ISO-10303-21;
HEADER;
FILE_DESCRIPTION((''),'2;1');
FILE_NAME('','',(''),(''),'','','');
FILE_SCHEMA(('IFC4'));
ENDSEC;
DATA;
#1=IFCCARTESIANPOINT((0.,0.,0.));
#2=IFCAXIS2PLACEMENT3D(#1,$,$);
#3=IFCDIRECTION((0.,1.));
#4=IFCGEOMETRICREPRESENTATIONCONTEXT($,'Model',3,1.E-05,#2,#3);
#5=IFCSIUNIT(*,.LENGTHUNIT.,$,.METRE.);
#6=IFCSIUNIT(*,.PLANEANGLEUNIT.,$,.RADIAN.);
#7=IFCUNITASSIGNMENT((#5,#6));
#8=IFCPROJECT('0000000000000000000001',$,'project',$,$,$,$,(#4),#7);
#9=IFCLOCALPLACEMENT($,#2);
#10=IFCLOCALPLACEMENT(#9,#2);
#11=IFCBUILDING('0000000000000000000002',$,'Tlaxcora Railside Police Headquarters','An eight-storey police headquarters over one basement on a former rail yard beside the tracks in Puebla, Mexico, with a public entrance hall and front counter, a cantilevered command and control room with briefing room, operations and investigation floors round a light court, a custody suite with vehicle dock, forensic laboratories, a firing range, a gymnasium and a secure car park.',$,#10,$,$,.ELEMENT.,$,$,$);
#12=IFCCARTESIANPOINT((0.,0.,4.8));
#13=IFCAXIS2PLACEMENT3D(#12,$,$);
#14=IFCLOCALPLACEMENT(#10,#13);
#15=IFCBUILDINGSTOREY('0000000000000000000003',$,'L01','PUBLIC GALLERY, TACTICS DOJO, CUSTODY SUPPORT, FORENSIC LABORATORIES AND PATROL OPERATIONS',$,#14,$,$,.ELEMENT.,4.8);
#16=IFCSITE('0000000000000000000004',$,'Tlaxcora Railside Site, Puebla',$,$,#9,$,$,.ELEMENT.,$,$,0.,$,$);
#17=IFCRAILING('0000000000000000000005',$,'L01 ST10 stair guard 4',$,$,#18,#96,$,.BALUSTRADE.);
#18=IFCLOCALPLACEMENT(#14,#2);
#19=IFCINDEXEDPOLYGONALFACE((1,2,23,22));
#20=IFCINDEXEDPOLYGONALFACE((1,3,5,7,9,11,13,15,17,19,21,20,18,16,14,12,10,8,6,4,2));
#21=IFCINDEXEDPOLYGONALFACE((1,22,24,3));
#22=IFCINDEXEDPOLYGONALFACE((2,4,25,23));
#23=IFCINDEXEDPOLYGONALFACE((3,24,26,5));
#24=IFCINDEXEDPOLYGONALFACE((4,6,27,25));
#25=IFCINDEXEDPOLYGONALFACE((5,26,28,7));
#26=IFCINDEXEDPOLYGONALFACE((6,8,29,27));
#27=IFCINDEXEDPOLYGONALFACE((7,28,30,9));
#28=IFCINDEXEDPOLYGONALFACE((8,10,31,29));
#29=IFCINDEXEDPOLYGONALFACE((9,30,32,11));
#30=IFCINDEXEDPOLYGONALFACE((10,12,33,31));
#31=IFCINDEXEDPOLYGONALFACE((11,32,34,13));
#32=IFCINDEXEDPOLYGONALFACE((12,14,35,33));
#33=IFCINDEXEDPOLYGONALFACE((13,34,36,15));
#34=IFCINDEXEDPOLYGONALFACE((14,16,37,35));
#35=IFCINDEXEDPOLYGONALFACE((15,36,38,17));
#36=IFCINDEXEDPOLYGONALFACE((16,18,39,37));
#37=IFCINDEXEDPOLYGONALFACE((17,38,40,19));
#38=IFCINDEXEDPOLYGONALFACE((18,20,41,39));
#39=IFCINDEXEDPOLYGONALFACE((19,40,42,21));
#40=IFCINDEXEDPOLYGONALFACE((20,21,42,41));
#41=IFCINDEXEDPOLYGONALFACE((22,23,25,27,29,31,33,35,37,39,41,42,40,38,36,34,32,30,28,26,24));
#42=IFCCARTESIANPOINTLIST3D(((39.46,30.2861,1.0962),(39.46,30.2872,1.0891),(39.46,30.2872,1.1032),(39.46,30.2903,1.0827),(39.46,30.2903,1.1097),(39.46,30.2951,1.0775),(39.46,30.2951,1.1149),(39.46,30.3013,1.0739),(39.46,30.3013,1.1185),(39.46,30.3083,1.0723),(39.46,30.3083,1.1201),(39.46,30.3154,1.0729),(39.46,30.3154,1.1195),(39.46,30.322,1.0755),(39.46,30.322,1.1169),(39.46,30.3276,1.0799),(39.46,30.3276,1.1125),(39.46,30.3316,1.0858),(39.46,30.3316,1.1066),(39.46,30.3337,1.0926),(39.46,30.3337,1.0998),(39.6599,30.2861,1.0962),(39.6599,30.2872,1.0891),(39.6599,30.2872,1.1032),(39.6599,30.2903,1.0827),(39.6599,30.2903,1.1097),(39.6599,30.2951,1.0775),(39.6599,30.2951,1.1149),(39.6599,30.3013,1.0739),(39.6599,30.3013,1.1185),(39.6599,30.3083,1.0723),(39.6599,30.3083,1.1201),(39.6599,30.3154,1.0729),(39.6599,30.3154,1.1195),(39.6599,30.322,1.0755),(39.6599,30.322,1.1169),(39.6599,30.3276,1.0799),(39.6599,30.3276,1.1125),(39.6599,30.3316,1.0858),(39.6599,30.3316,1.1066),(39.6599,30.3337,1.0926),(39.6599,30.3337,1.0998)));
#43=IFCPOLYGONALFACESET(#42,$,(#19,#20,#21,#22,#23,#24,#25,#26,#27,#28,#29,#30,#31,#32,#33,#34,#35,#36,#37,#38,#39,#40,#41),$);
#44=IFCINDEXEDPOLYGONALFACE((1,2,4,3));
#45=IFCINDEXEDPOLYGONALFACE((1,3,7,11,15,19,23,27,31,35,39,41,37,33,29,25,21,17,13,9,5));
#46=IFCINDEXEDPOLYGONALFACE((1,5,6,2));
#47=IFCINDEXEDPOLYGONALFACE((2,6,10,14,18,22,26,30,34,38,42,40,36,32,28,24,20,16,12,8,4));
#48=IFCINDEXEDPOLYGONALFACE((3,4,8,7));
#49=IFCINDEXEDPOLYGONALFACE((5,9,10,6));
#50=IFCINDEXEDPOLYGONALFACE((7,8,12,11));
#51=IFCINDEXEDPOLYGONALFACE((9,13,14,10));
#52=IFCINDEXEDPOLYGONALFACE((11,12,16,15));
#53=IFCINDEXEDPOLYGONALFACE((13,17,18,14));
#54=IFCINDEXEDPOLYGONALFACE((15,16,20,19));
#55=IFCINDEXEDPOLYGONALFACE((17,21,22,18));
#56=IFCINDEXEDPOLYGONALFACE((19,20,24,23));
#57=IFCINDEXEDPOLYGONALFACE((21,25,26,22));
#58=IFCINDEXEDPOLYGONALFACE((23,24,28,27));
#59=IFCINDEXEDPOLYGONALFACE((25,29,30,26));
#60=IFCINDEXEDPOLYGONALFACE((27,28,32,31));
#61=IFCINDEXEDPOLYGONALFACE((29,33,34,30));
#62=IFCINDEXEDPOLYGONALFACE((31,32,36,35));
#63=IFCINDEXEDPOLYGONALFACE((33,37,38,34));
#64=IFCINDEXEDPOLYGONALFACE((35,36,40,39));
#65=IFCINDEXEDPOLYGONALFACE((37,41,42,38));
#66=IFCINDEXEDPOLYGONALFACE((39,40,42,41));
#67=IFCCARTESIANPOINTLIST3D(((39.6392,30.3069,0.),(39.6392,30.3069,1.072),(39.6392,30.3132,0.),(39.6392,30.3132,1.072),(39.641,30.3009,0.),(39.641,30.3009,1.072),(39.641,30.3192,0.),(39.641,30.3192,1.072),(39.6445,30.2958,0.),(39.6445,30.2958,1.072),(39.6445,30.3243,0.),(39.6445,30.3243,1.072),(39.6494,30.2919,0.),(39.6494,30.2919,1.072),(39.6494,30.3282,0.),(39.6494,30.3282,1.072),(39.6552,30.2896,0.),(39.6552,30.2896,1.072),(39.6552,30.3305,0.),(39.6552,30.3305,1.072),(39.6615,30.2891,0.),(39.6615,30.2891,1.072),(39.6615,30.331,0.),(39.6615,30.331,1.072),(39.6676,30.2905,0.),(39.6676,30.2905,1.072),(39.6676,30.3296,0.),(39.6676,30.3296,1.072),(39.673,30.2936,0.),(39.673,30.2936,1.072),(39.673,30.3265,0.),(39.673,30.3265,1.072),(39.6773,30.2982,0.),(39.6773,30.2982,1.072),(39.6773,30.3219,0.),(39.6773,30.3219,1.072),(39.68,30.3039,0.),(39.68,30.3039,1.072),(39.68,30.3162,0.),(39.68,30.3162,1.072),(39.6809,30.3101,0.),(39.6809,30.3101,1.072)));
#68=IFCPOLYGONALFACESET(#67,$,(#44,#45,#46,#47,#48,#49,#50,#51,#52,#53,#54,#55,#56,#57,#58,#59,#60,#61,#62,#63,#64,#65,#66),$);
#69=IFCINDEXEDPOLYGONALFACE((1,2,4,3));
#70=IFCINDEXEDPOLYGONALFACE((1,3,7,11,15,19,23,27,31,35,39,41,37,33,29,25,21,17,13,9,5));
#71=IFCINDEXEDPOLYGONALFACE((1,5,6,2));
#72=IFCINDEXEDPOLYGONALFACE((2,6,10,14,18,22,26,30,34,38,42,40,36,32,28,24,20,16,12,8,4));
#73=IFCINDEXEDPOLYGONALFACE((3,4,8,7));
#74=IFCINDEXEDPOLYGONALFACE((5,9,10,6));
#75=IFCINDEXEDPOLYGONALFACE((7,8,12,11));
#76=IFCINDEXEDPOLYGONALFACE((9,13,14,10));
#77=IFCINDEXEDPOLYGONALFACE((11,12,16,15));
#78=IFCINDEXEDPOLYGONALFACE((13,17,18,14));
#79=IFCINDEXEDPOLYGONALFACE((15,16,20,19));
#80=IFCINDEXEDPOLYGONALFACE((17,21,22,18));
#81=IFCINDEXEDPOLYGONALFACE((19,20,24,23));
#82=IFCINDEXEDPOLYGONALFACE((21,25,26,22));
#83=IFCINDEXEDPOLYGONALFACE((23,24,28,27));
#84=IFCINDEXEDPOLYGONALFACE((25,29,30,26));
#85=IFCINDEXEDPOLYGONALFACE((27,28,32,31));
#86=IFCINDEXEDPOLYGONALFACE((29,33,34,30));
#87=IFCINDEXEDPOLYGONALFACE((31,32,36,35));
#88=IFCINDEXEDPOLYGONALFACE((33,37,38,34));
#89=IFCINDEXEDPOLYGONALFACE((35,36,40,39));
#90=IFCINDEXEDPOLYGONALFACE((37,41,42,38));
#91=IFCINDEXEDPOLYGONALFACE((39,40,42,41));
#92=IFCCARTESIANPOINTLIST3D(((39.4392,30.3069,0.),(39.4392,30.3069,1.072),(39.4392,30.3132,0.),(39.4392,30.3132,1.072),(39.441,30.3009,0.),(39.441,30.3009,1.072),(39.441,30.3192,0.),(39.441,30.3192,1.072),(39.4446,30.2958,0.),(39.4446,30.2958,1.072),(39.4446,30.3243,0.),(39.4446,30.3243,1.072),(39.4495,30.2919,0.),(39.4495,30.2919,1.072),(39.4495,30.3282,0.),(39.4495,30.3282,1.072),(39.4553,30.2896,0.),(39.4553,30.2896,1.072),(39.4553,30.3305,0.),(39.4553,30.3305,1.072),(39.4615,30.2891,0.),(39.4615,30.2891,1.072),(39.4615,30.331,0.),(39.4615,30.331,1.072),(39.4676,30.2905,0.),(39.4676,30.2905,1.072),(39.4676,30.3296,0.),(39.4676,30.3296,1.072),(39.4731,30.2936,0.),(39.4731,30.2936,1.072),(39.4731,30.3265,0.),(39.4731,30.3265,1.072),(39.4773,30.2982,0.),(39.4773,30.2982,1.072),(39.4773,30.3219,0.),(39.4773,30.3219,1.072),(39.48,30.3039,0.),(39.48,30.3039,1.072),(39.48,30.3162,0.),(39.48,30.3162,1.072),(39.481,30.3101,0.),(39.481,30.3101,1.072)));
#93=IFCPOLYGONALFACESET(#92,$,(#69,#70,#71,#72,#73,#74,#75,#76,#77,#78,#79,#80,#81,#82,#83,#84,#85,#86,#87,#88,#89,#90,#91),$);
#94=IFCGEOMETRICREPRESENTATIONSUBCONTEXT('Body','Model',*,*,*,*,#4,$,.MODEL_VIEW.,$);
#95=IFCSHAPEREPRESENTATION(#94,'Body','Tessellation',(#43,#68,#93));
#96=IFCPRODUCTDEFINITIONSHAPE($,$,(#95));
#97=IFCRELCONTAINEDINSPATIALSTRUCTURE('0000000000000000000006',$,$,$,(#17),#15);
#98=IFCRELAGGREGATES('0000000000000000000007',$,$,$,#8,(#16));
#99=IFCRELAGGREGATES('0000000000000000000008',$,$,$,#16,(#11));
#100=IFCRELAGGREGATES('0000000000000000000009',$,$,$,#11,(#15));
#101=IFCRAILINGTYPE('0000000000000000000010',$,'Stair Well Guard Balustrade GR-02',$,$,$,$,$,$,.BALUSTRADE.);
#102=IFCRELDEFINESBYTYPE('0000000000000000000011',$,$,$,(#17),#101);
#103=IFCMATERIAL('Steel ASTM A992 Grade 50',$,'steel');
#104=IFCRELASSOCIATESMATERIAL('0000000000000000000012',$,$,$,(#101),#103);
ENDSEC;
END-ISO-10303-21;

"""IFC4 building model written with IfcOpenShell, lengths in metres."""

from ifc_helpers import new_model, si_unit, direction, frame, origin, origin_2d, place, context, subcontext, project, spatial, circle, extrude, material, type_object, element, save


model = new_model("IFC4")

# Units and contexts
model_context = context("Model", 3, precision=1e-05, world=origin(), true_north=direction((0.0, 1.0)))
body_context = subcontext(model_context, "Body", "Model", "MODEL_VIEW")
ifc_project = project(units=[si_unit("LENGTHUNIT", "METRE"), si_unit("PLANEANGLEUNIT", "RADIAN")], contexts=[model_context])

# Site, building, storey
site_placement = place(None, origin())
site = spatial("IfcSite", under=ifc_project, at=site_placement, Name="Tlaxcora Railside Site, Puebla", CompositionType="ELEMENT", RefElevation=0.0)
building_placement = place(site_placement, origin())
building = spatial("IfcBuilding", under=site, at=building_placement, Name="Tlaxcora Railside Police Headquarters", Description="An eight-storey police headquarters over one basement on a former rail yard beside the tracks in Puebla, Mexico, with a public entrance hall and front counter, a cantilevered command and control room with briefing room, operations and investigation floors round a light court, a custody suite with vehicle dock, forensic laboratories, a firing range, a gymnasium and a secure car park.", CompositionType="ELEMENT")
storey_placement = place(building_placement, frame((0.0, 0.0, 4.8)))
storey = spatial("IfcBuildingStorey", under=building, at=storey_placement, Name="L01", Description="PUBLIC GALLERY, TACTICS DOJO, CUSTODY SUPPORT, FORENSIC LABORATORIES AND PATROL OPERATIONS", CompositionType="ELEMENT", Elevation=4.8)

# Shared definitions
ifc_material_1 = material(Name="Steel ASTM A992 Grade 50", Category="steel")

# Railing
railing_type_1 = type_object("IfcRailingType", Name="Stair Well Guard Balustrade GR-02", PredefinedType="BALUSTRADE", material=ifc_material_1)
railing_1_placement = place(storey_placement, frame((39.6599, 30.3101, 0.0)))
element("IfcRailing", 1, at=railing_1_placement, inside=storey, type_object=railing_type_1, Name="L01 ST10 stair guard 4", PredefinedType="BALUSTRADE", context=body_context, shape_type="SweptSolid", body=[
    extrude(circle(Radius=0.0239, at=origin_2d()), frame((0.0, 0.0, 1.0962), z_axis=(-1.0, 0.0, 0.0), x_axis=(0.0, -1.0, 0.0)), (0.0, 0.0, 1.0), 0.2),
    extrude(circle(Radius=0.021, at=origin_2d()), origin(), (0.0, 0.0, 1.0), 1.072),
    extrude(circle(Radius=0.021, at=origin_2d()), frame((-0.2, 0.0, 0.0)), (0.0, 0.0, 1.0), 1.072),
])

save(model, "model.ifc")
